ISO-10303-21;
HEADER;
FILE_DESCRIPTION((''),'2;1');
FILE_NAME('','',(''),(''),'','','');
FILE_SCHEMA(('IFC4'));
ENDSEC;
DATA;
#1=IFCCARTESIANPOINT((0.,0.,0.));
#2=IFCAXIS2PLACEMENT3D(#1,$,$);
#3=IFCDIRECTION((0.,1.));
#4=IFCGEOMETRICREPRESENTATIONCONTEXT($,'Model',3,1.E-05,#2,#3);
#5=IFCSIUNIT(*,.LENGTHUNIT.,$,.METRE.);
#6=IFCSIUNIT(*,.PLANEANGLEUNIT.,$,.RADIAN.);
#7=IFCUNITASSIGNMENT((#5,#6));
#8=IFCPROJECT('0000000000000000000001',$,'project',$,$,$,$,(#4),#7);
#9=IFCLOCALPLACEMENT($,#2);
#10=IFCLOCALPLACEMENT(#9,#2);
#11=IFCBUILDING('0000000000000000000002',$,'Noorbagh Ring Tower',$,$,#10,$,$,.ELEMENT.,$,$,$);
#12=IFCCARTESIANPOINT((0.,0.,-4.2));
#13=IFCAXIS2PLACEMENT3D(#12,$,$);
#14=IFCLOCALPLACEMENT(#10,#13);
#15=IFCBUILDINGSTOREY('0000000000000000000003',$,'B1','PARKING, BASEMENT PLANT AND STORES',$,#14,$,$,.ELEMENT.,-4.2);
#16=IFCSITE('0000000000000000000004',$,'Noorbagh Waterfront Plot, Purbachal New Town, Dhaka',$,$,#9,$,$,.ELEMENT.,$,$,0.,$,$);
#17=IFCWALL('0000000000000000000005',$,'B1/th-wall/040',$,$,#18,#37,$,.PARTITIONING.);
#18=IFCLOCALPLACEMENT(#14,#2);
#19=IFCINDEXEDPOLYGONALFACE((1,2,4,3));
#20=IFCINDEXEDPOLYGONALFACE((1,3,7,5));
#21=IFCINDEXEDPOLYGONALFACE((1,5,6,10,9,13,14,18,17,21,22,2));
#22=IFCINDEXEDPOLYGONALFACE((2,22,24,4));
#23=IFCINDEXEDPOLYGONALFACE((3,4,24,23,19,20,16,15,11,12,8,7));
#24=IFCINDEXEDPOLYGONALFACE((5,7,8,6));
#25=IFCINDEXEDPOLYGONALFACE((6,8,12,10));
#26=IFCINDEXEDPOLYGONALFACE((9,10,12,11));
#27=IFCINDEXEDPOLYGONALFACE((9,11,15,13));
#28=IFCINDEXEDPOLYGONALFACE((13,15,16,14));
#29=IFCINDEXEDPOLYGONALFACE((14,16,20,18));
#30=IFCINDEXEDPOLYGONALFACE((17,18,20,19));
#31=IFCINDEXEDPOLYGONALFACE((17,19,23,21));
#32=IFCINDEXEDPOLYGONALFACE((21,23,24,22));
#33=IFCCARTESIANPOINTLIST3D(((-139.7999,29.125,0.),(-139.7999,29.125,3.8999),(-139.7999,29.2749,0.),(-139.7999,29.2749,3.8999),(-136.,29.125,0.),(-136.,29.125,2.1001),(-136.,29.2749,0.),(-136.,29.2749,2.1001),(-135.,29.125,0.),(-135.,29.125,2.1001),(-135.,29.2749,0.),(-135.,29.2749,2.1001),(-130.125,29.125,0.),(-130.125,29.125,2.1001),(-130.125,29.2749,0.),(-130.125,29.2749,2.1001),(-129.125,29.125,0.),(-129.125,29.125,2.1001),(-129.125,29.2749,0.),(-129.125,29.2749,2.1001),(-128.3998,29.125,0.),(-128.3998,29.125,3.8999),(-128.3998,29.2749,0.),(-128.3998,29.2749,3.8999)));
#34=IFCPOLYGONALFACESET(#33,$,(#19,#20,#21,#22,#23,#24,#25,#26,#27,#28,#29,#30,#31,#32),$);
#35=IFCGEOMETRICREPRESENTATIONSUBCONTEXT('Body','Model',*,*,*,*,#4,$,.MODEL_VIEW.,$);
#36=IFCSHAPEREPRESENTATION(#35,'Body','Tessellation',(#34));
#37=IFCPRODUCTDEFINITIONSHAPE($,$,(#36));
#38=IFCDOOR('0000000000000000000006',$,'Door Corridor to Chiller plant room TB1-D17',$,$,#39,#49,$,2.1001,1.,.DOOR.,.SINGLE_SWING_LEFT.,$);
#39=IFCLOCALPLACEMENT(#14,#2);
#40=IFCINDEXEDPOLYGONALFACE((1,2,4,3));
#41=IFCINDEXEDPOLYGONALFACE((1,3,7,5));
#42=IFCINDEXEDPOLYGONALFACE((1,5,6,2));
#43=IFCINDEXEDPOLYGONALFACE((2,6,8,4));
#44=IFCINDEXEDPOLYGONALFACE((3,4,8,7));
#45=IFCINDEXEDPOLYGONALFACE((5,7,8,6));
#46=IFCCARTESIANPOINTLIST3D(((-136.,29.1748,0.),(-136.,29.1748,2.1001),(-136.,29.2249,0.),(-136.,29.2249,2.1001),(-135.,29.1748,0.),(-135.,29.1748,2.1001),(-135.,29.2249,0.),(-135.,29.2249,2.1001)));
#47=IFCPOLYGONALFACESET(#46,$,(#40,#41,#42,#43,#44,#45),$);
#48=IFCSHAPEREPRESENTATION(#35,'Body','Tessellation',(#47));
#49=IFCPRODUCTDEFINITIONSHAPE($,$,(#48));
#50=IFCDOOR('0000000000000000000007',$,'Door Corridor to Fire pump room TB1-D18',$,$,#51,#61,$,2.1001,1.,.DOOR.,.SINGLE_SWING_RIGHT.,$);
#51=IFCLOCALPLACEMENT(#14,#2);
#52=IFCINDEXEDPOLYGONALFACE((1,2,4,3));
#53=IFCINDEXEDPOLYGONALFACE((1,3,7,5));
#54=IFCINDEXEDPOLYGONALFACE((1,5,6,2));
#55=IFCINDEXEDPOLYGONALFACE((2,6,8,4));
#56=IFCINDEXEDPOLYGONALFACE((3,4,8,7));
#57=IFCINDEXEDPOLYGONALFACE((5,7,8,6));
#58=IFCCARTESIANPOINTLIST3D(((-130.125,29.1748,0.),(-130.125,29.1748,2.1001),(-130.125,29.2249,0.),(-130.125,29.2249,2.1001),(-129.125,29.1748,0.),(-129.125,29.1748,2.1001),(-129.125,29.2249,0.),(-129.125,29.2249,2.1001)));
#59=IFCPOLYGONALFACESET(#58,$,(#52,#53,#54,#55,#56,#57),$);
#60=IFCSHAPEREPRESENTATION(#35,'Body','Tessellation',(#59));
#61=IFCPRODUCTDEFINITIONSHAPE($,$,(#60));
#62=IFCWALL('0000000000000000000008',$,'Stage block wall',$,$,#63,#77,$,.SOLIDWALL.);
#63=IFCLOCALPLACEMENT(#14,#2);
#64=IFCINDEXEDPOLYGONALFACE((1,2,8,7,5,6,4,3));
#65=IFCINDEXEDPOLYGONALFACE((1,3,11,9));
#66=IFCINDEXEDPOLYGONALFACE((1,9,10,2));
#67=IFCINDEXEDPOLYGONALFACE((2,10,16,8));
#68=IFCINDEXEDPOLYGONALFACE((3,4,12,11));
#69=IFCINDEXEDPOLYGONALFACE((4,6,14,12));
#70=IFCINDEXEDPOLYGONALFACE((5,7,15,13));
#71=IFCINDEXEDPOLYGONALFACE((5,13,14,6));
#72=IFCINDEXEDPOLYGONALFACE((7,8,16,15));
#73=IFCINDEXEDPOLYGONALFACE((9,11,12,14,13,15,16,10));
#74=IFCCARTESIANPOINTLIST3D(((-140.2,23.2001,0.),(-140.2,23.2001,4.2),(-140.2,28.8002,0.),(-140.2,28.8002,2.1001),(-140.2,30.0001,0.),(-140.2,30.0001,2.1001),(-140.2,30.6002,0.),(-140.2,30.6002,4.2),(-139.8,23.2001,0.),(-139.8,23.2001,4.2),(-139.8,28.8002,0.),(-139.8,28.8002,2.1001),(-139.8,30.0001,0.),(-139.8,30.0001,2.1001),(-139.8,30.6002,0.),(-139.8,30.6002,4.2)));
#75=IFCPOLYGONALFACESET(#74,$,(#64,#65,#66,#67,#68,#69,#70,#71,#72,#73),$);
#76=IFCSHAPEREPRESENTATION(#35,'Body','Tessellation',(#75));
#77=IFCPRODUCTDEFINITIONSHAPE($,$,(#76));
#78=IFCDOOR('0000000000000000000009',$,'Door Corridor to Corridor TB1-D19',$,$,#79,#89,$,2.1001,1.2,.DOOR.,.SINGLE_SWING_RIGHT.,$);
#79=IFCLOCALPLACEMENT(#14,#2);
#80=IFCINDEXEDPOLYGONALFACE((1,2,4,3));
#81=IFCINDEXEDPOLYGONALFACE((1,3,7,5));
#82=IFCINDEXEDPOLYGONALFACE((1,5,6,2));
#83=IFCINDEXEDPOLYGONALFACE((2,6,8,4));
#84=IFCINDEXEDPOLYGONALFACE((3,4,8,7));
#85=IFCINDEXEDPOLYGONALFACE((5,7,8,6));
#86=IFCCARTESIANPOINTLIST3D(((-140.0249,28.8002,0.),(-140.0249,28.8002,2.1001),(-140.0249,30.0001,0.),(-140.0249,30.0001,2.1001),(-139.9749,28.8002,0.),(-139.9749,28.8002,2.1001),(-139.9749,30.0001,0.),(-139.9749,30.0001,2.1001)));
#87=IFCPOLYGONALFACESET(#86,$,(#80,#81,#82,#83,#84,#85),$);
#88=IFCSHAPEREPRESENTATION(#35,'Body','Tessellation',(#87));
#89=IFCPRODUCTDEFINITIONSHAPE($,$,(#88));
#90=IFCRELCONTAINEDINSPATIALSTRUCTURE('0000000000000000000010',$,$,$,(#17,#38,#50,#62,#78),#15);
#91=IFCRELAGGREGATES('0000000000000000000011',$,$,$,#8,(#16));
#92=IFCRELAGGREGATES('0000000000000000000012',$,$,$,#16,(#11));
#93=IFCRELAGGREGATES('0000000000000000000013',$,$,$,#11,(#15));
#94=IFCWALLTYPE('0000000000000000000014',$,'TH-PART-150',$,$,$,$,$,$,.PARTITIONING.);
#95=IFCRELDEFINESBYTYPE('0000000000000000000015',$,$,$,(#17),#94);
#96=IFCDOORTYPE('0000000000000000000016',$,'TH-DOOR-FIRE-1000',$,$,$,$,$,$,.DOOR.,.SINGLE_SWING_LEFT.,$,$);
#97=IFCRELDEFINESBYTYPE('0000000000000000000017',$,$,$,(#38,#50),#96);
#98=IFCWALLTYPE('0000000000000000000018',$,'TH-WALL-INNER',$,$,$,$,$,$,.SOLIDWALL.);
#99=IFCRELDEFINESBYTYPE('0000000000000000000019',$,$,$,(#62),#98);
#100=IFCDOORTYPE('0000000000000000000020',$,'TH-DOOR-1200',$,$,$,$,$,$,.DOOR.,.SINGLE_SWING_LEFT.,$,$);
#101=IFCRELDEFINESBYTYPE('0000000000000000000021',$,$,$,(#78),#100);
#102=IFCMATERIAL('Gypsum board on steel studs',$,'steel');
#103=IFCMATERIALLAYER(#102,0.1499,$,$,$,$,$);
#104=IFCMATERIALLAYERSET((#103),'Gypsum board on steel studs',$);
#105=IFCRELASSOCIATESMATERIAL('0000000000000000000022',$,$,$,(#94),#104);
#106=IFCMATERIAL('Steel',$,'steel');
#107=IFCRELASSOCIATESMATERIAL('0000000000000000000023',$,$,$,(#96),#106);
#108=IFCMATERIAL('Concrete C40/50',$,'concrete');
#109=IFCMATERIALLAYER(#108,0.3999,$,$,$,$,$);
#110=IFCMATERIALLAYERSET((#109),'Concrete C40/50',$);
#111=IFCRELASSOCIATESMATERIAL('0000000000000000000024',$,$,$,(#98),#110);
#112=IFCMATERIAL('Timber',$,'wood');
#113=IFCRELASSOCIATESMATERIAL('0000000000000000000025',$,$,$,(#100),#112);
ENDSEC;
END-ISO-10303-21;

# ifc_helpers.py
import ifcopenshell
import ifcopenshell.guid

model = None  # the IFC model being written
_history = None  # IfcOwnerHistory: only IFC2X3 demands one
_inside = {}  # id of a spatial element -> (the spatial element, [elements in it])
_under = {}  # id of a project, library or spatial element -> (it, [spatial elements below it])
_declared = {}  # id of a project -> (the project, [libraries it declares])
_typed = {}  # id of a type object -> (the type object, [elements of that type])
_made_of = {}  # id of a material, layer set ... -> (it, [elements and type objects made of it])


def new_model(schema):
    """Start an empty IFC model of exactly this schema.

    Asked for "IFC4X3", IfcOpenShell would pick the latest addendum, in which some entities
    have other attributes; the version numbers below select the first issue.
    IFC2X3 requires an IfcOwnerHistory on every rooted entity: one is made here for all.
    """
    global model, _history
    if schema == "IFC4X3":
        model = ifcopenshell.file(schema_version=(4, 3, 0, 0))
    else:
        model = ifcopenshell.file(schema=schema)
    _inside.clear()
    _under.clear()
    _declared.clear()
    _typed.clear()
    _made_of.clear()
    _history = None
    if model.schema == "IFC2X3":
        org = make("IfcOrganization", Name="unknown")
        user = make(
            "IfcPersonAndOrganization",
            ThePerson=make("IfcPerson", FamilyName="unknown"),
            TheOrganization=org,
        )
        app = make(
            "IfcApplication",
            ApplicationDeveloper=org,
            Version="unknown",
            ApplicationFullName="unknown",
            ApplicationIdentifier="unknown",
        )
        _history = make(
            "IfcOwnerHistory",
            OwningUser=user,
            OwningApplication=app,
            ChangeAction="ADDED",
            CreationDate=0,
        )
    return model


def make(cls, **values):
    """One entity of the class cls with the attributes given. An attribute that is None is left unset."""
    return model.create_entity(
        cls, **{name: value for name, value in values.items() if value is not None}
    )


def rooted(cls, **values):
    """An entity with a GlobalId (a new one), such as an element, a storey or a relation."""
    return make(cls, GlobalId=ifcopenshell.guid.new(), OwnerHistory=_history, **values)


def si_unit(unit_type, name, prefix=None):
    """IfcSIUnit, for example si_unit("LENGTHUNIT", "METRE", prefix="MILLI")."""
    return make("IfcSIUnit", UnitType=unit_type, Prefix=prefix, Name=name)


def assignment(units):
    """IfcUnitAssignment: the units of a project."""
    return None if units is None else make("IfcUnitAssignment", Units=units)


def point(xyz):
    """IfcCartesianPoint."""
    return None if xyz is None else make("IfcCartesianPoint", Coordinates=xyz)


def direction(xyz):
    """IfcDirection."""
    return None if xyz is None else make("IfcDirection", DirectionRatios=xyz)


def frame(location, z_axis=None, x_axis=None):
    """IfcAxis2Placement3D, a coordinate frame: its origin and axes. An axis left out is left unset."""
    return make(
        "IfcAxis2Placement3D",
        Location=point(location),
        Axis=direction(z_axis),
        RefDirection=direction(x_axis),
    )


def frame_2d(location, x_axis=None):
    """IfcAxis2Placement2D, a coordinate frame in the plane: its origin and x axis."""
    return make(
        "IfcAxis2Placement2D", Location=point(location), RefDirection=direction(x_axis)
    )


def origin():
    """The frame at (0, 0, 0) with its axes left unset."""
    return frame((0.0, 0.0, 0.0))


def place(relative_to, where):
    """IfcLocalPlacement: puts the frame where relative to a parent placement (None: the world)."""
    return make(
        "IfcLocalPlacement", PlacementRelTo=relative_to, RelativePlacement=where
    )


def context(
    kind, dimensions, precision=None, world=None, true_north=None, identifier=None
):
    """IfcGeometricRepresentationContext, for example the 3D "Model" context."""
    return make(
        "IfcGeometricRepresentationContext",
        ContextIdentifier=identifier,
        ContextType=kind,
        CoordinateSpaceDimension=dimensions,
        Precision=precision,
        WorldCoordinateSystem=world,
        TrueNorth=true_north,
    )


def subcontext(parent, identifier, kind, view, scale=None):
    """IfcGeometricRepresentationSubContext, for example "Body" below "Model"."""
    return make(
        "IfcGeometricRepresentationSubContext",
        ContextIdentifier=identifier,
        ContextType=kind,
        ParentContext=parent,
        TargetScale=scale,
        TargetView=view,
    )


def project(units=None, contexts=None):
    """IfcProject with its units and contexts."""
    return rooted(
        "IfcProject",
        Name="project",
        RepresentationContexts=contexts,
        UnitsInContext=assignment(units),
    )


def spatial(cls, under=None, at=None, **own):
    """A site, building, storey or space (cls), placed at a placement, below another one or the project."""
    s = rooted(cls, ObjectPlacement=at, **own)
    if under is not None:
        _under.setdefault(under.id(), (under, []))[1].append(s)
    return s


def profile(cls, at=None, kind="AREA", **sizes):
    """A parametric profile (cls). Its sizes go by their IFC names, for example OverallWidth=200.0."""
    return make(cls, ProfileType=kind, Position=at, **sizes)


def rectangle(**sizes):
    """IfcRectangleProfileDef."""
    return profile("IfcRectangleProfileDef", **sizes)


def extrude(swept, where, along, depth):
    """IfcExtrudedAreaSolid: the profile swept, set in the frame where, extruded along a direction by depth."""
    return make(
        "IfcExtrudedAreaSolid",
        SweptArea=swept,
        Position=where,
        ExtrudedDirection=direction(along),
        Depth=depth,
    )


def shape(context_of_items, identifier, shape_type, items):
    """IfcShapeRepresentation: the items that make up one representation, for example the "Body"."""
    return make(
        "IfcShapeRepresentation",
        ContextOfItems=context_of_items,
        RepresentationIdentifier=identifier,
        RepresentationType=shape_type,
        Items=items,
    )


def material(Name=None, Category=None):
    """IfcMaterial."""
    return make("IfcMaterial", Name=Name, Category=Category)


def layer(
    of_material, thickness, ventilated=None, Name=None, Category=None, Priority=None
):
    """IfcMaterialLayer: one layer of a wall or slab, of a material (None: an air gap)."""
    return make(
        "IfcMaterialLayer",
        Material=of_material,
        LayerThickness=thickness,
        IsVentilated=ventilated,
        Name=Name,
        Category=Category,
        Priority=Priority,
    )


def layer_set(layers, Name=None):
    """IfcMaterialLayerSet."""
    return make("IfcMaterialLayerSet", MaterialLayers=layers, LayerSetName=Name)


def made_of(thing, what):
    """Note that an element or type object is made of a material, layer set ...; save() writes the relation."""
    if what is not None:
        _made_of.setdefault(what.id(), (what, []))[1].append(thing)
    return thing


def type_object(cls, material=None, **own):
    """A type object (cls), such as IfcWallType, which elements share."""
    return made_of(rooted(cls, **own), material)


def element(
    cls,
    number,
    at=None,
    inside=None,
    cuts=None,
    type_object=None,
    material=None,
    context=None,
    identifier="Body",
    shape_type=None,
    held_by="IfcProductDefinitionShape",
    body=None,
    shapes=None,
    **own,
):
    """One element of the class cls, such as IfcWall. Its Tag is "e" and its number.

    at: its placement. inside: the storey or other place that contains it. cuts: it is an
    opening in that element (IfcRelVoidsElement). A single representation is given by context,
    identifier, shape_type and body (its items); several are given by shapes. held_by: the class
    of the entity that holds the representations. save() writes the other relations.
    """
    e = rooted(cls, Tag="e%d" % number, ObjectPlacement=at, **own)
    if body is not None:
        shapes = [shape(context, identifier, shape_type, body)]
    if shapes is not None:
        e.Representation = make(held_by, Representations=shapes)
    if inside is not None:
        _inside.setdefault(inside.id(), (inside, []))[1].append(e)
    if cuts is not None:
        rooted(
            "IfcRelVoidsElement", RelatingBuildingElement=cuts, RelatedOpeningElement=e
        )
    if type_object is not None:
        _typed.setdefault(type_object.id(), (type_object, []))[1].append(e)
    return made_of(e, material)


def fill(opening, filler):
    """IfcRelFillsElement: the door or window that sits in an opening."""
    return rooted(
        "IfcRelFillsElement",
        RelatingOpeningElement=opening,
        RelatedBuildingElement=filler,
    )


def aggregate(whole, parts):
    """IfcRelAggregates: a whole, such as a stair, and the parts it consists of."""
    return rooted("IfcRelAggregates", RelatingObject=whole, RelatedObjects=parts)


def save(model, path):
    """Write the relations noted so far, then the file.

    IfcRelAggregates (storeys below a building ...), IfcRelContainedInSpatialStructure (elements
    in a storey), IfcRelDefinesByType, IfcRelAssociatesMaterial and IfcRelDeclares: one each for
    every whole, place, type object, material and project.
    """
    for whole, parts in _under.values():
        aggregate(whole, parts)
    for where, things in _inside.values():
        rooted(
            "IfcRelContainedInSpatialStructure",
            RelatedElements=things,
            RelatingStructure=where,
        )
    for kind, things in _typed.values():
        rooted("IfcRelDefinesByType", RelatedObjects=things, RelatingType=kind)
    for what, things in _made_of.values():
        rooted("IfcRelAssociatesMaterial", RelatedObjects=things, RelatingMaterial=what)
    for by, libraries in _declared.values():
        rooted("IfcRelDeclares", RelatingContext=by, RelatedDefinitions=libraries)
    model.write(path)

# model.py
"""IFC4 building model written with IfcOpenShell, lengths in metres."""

from ifc_helpers import new_model, si_unit, direction, frame, frame_2d, origin, place, context, subcontext, project, spatial, rectangle, extrude, material, layer, layer_set, type_object, element, fill, save


model = new_model("IFC4")

# Units and contexts
model_context = context("Model", 3, precision=1e-05, world=origin(), true_north=direction((0.0, 1.0)))
body_context = subcontext(model_context, "Body", "Model", "MODEL_VIEW")
ifc_project = project(units=[si_unit("LENGTHUNIT", "METRE"), si_unit("PLANEANGLEUNIT", "RADIAN")], contexts=[model_context])

# Site, building, storey
site_placement = place(None, origin())
site = spatial("IfcSite", under=ifc_project, at=site_placement, Name="Noorbagh Waterfront Plot, Purbachal New Town, Dhaka", CompositionType="ELEMENT", RefElevation=0.0)
building_placement = place(site_placement, origin())
building = spatial("IfcBuilding", under=site, at=building_placement, Name="Noorbagh Ring Tower", CompositionType="ELEMENT")
storey_placement = place(building_placement, frame((0.0, 0.0, -4.2)))
storey = spatial("IfcBuildingStorey", under=building, at=storey_placement, Name="B1", Description="PARKING, BASEMENT PLANT AND STORES", CompositionType="ELEMENT", Elevation=-4.2)

# Wall, openings, doors
ifc_material_1 = material(Name="Gypsum board on steel studs", Category="steel")
ifc_layer_1 = layer(ifc_material_1, 0.1499)
ifc_layer_set_1 = layer_set([ifc_layer_1], Name="Gypsum board on steel studs")
wall_type_1 = type_object("IfcWallType", Name="TH-PART-150", PredefinedType="PARTITIONING", material=ifc_layer_set_1)
wall_1_placement = place(storey_placement, frame((-139.8, 29.2, 0.0), z_axis=(0.0, 0.0, 1.0), x_axis=(1.0, 0.0, 0.0)))
wall_1 = element("IfcWall", 1, at=wall_1_placement, inside=storey, type_object=wall_type_1, Name="B1/th-wall/040", PredefinedType="PARTITIONING", context=body_context, shape_type="SweptSolid", body=[
    extrude(rectangle(XDim=11.4001, YDim=0.1499, at=frame_2d((5.7002, 0.0))), origin(), (0.0, 0.0, 1.0), 3.8999),
])
opening_1_placement = place(wall_1_placement, frame((3.8, 0.0, 0.0)))
opening_1 = element("IfcOpeningElement", 2, at=opening_1_placement, cuts=wall_1, PredefinedType="OPENING", context=body_context, shape_type="SweptSolid", body=[
    extrude(rectangle(XDim=1.0, YDim=2.1001, at=frame_2d((0.5, 1.05))), frame((0.0, 0.085, 0.0), z_axis=(0.0, -1.0, 0.0), x_axis=(1.0, 0.0, 0.0)), (0.0, 0.0, 1.0), 0.1699),
])
opening_2_placement = place(wall_1_placement, frame((9.675, 0.0, 0.0)))
opening_2 = element("IfcOpeningElement", 3, at=opening_2_placement, cuts=wall_1, PredefinedType="OPENING", context=body_context, shape_type="SweptSolid", body=[
    extrude(rectangle(XDim=1.0, YDim=2.1001, at=frame_2d((0.5, 1.05))), frame((0.0, 0.085, 0.0), z_axis=(0.0, -1.0, 0.0), x_axis=(1.0, 0.0, 0.0)), (0.0, 0.0, 1.0), 0.1699),
])
ifc_material_2 = material(Name="Steel", Category="steel")
door_type_1 = type_object("IfcDoorType", Name="TH-DOOR-FIRE-1000", OperationType="SINGLE_SWING_LEFT", PredefinedType="DOOR", material=ifc_material_2)
door_1_placement = place(opening_1_placement, origin())
door_1 = element("IfcDoor", 4, at=door_1_placement, inside=storey, type_object=door_type_1, Name="Door Corridor to Chiller plant room TB1-D17", OperationType="SINGLE_SWING_LEFT", OverallHeight=2.1001, OverallWidth=1.0, PredefinedType="DOOR", context=body_context, shape_type="SweptSolid", body=[
    extrude(rectangle(XDim=1.0, YDim=2.1001, at=frame_2d((0.5, 1.05))), frame((0.0, 0.0249, 0.0), z_axis=(0.0, -1.0, 0.0), x_axis=(1.0, 0.0, 0.0)), (0.0, 0.0, 1.0), 0.05),
])
fill(opening_1, door_1)
door_2_placement = place(opening_2_placement, origin())
door_2 = element("IfcDoor", 5, at=door_2_placement, inside=storey, type_object=door_type_1, Name="Door Corridor to Fire pump room TB1-D18", OperationType="SINGLE_SWING_RIGHT", OverallHeight=2.1001, OverallWidth=1.0, PredefinedType="DOOR", context=body_context, shape_type="SweptSolid", body=[
    extrude(rectangle(XDim=1.0, YDim=2.1001, at=frame_2d((0.5, 1.05))), frame((0.0, 0.0249, 0.0), z_axis=(0.0, -1.0, 0.0), x_axis=(1.0, 0.0, 0.0)), (0.0, 0.0, 1.0), 0.05),
])
fill(opening_2, door_2)

# Wall, opening, door
ifc_material_3 = material(Name="Concrete C40/50", Category="concrete")
ifc_layer_2 = layer(ifc_material_3, 0.3999)
ifc_layer_set_2 = layer_set([ifc_layer_2], Name="Concrete C40/50")
wall_type_2 = type_object("IfcWallType", Name="TH-WALL-INNER", PredefinedType="SOLIDWALL", material=ifc_layer_set_2)
wall_2_placement = place(storey_placement, frame((-140.0, 23.2, 0.0), z_axis=(0.0, 0.0, 1.0), x_axis=(0.0, 1.0, 0.0)))
wall_2 = element("IfcWall", 6, at=wall_2_placement, inside=storey, type_object=wall_type_2, Name="Stage block wall", PredefinedType="SOLIDWALL", context=body_context, shape_type="SweptSolid", body=[
    extrude(rectangle(XDim=7.4001, YDim=0.3999, at=frame_2d((3.7002, 0.0))), origin(), (0.0, 0.0, 1.0), 4.2),
])
opening_3_placement = place(wall_2_placement, frame((5.6001, 0.0, 0.0)))
opening_3 = element("IfcOpeningElement", 7, at=opening_3_placement, cuts=wall_2, PredefinedType="OPENING", context=body_context, shape_type="SweptSolid", body=[
    extrude(rectangle(XDim=1.2, YDim=2.1001, at=frame_2d((0.6001, 1.05))), frame((0.0, 0.21, 0.0), z_axis=(0.0, -1.0, 0.0), x_axis=(1.0, 0.0, 0.0)), (0.0, 0.0, 1.0), 0.4199),
])
ifc_material_4 = material(Name="Timber", Category="wood")
door_type_2 = type_object("IfcDoorType", Name="TH-DOOR-1200", OperationType="SINGLE_SWING_LEFT", PredefinedType="DOOR", material=ifc_material_4)
door_3_placement = place(opening_3_placement, origin())
door_3 = element("IfcDoor", 8, at=door_3_placement, inside=storey, type_object=door_type_2, Name="Door Corridor to Corridor TB1-D19", OperationType="SINGLE_SWING_RIGHT", OverallHeight=2.1001, OverallWidth=1.2, PredefinedType="DOOR", context=body_context, shape_type="SweptSolid", body=[
    extrude(rectangle(XDim=1.2, YDim=2.1001, at=frame_2d((0.6001, 1.05))), frame((0.0, 0.0249, 0.0), z_axis=(0.0, -1.0, 0.0), x_axis=(1.0, 0.0, 0.0)), (0.0, 0.0, 1.0), 0.05),
])
fill(opening_3, door_3)

save(model, "model.ifc")
